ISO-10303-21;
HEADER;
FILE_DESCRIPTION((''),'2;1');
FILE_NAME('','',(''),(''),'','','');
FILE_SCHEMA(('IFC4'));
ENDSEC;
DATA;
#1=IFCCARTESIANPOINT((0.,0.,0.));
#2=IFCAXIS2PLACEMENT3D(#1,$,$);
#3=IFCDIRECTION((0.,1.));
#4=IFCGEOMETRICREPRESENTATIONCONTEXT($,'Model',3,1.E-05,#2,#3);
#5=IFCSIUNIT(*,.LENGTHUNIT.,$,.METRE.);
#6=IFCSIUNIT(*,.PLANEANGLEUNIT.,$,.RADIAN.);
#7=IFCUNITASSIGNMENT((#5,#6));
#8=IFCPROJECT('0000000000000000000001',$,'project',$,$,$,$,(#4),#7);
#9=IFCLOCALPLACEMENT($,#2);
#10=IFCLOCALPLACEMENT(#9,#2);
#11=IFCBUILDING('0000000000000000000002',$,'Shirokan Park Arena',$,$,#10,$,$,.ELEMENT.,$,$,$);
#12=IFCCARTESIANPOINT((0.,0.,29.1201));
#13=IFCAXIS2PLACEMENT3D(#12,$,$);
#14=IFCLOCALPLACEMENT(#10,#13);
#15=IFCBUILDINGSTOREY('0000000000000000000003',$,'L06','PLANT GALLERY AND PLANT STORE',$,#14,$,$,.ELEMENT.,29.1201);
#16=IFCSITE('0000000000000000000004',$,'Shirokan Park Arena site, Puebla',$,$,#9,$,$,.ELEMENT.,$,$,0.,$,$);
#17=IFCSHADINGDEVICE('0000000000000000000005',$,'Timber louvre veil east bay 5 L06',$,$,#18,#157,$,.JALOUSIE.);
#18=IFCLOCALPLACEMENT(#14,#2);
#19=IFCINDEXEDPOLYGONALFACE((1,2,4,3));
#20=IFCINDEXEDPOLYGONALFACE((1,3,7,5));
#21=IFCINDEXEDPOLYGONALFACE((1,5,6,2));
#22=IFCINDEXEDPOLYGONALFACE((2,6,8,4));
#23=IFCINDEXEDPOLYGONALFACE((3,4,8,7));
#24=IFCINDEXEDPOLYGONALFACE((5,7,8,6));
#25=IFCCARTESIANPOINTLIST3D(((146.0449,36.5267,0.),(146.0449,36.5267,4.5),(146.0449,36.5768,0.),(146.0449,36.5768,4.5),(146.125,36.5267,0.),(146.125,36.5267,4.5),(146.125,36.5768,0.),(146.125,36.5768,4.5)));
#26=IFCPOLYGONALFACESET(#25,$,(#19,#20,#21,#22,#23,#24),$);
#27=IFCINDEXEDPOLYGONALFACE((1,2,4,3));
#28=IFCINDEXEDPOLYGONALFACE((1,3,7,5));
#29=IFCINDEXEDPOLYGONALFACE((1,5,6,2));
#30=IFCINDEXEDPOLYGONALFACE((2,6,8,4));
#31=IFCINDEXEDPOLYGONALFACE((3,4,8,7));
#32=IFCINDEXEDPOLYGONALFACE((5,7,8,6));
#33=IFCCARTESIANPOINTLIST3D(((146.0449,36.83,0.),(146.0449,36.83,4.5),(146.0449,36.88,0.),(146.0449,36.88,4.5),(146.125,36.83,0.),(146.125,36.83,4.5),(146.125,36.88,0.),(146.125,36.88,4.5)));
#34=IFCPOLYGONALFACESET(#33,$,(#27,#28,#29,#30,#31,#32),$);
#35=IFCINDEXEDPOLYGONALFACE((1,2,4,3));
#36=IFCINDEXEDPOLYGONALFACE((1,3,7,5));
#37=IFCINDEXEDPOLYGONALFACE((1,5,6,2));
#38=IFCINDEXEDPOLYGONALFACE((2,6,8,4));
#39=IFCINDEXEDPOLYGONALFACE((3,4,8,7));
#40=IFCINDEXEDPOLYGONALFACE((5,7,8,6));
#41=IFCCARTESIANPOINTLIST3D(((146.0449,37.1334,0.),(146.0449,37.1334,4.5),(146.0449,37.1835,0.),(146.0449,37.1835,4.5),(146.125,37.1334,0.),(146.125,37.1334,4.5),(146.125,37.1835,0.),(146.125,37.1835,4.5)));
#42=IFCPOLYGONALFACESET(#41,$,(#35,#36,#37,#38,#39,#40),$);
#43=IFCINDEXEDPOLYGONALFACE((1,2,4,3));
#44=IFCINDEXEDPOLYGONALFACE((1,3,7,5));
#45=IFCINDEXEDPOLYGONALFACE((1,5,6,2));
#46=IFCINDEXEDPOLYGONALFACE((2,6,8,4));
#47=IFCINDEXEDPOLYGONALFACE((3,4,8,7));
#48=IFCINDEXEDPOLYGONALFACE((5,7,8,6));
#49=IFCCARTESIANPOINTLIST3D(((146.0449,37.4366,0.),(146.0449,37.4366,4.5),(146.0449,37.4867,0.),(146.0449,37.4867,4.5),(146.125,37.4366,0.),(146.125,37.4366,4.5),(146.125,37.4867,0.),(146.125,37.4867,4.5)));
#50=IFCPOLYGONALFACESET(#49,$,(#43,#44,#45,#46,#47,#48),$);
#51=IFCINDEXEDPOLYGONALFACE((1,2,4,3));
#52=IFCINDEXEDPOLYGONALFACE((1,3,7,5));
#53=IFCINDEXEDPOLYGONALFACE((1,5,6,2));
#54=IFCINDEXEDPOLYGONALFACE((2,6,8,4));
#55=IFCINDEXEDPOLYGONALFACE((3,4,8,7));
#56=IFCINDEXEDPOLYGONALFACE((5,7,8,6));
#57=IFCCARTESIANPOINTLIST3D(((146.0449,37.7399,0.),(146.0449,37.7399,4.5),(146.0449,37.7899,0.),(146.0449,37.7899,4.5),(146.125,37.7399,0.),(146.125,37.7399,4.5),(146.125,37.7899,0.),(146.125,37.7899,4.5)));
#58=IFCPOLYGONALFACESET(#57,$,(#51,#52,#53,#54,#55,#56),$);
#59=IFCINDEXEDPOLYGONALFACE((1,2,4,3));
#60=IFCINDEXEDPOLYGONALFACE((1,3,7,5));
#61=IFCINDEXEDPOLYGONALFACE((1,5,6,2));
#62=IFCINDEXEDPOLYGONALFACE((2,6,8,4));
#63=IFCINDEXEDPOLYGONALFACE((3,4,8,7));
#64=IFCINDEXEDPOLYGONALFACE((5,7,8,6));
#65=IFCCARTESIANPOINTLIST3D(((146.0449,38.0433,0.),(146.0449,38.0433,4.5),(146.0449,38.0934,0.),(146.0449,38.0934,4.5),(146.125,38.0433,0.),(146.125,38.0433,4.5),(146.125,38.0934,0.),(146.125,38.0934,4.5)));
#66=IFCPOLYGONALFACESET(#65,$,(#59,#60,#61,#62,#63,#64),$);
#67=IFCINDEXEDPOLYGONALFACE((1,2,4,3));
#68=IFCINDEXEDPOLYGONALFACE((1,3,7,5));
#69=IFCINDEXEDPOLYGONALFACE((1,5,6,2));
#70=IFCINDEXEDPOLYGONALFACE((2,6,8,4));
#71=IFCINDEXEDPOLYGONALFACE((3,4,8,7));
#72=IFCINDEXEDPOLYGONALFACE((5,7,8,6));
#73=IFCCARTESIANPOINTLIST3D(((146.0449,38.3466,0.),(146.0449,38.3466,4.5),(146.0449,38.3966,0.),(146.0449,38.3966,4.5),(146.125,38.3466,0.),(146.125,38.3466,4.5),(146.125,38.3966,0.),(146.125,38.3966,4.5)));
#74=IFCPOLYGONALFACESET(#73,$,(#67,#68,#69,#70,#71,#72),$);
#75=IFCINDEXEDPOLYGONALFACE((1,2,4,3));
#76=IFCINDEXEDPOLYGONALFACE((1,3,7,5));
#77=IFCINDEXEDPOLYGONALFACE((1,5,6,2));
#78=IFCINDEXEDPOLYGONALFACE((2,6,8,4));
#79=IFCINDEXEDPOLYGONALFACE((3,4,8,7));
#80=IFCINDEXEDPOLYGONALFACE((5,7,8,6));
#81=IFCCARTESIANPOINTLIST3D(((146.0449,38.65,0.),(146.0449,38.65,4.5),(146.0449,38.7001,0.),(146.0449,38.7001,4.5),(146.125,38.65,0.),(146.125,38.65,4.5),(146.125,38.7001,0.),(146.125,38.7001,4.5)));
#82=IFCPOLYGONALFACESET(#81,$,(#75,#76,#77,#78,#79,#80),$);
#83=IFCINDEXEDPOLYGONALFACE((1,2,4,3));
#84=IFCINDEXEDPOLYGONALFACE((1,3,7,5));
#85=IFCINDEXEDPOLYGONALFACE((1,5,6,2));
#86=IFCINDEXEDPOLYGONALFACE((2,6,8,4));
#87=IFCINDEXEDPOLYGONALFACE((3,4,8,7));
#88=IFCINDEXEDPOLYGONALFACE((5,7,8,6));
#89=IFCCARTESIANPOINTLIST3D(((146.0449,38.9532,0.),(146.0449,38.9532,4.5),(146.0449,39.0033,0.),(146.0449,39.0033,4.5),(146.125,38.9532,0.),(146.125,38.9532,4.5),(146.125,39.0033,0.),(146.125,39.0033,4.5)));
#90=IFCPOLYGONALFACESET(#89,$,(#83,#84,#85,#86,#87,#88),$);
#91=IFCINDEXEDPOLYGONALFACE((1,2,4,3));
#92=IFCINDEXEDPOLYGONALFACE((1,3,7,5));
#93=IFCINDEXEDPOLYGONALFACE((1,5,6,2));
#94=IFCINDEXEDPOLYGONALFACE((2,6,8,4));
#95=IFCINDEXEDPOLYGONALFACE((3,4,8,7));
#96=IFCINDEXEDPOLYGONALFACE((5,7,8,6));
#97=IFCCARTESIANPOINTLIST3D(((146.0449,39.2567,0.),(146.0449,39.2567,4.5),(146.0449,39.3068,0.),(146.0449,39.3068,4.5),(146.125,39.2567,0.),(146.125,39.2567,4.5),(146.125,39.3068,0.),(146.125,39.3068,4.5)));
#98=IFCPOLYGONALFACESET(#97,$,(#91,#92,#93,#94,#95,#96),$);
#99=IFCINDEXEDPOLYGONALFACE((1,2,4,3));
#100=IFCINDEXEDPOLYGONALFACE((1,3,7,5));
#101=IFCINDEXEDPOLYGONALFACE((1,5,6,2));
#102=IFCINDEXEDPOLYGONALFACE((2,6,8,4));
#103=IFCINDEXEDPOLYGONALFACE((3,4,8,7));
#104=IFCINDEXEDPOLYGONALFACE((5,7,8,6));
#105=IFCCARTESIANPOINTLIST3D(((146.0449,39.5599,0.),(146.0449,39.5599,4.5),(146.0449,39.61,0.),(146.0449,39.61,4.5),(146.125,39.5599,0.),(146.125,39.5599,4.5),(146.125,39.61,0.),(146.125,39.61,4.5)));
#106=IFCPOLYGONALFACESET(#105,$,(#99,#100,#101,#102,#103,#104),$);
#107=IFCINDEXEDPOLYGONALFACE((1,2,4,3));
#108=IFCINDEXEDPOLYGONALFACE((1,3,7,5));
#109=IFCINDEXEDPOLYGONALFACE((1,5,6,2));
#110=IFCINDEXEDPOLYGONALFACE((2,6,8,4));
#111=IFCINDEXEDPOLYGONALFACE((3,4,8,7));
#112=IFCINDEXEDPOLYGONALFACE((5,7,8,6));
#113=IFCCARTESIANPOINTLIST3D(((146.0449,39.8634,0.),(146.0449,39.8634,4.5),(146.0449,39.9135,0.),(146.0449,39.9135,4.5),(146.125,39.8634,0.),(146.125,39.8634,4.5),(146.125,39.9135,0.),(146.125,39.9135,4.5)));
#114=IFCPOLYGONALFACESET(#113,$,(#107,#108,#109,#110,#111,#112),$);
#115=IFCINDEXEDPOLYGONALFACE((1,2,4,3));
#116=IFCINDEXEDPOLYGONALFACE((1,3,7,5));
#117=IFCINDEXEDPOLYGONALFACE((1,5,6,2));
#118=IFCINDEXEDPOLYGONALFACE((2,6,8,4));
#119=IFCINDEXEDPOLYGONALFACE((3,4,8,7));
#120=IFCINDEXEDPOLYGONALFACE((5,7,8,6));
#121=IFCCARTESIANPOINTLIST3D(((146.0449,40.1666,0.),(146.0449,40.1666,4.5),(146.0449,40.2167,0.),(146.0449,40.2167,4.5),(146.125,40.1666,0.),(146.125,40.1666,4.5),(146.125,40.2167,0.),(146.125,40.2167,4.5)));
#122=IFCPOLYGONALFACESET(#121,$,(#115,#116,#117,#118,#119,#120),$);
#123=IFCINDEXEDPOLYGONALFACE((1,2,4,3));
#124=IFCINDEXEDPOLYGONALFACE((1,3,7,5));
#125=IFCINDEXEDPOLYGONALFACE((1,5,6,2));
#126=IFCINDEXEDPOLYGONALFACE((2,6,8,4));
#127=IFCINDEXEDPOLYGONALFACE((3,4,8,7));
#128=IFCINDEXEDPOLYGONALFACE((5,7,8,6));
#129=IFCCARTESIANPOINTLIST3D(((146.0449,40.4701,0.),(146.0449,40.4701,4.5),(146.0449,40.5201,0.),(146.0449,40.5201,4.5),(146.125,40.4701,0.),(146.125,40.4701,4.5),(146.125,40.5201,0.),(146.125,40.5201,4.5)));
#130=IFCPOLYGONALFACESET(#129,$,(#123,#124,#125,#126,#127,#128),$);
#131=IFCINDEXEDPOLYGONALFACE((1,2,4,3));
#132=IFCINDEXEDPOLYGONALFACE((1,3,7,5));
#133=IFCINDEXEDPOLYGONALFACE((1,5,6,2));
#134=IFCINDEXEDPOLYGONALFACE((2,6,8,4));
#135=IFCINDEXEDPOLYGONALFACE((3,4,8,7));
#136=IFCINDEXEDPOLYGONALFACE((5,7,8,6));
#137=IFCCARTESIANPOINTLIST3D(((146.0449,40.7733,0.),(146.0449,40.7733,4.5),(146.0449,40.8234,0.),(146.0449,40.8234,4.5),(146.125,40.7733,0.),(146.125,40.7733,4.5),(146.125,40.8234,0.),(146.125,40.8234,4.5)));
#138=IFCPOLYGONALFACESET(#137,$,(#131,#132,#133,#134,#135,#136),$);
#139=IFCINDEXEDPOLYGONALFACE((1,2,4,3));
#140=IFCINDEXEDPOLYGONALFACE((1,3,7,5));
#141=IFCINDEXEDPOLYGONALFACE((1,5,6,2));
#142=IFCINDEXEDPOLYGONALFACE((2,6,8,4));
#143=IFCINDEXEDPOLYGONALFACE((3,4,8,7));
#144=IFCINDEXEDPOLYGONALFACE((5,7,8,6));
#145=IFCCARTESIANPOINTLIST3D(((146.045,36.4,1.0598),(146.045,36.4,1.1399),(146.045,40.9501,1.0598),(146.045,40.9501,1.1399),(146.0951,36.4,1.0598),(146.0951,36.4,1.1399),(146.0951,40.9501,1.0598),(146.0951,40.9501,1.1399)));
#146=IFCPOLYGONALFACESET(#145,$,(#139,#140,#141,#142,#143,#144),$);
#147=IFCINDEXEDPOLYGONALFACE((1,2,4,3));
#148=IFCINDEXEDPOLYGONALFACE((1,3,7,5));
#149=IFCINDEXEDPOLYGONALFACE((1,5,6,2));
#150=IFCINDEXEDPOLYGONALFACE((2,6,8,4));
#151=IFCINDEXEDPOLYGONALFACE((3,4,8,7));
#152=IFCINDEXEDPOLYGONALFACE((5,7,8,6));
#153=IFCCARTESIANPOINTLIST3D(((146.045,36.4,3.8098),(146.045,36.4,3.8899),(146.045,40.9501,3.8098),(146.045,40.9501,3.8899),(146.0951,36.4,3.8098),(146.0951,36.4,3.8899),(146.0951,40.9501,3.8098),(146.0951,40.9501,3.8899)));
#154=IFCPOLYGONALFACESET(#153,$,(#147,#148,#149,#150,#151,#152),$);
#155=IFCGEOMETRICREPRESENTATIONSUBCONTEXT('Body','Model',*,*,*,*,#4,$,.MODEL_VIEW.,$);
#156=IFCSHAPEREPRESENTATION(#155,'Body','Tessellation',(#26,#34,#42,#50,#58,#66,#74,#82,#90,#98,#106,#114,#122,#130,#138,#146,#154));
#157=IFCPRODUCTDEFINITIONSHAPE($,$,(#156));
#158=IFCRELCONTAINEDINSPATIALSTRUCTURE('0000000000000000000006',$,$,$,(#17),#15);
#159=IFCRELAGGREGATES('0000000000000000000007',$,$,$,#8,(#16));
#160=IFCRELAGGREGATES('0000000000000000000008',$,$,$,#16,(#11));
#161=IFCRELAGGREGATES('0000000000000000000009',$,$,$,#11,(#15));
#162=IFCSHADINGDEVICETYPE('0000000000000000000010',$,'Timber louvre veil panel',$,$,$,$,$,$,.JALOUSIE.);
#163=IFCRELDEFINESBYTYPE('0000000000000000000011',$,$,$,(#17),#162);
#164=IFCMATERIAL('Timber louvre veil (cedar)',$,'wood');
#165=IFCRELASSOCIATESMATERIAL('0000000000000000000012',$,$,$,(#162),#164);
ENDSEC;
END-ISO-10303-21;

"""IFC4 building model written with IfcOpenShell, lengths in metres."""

from ifc_helpers import new_model, si_unit, direction, frame, origin, origin_2d, place, context, subcontext, project, spatial, rectangle, extrude, material, type_object, element, save


model = new_model("IFC4")

# Units and contexts
model_context = context("Model", 3, precision=1e-05, world=origin(), true_north=direction((0.0, 1.0)))
body_context = subcontext(model_context, "Body", "Model", "MODEL_VIEW")
ifc_project = project(units=[si_unit("LENGTHUNIT", "METRE"), si_unit("PLANEANGLEUNIT", "RADIAN")], contexts=[model_context])

# Site, building, storey
site_placement = place(None, origin())
site = spatial("IfcSite", under=ifc_project, at=site_placement, Name="Shirokan Park Arena site, Puebla", CompositionType="ELEMENT", RefElevation=0.0)
building_placement = place(site_placement, origin())
building = spatial("IfcBuilding", under=site, at=building_placement, Name="Shirokan Park Arena", CompositionType="ELEMENT")
storey_placement = place(building_placement, frame((0.0, 0.0, 29.1201)))
storey = spatial("IfcBuildingStorey", under=building, at=storey_placement, Name="L06", Description="PLANT GALLERY AND PLANT STORE", CompositionType="ELEMENT", Elevation=29.1201)

# Shading device
ifc_material_1 = material(Name="Timber louvre veil (cedar)", Category="wood")
shading_device_type = type_object("IfcShadingDeviceType", Name="Timber louvre veil panel", PredefinedType="JALOUSIE", material=ifc_material_1)
shading_device_1_placement = place(storey_placement, origin())
element("IfcShadingDevice", 1, at=shading_device_1_placement, inside=storey, type_object=shading_device_type, Name="Timber louvre veil east bay 5 L06", PredefinedType="JALOUSIE", context=body_context, shape_type="SweptSolid", body=[
    extrude(rectangle(XDim=0.05, YDim=0.0801, at=origin_2d()), frame((146.085, 36.5518, 0.0), z_axis=(0.0, 0.0, 1.0), x_axis=(0.0, 1.0, 0.0)), (0.0, 0.0, 1.0), 4.5),
    extrude(rectangle(XDim=0.05, YDim=0.0801, at=origin_2d()), frame((146.085, 36.855, 0.0), z_axis=(0.0, 0.0, 1.0), x_axis=(0.0, 1.0, 0.0)), (0.0, 0.0, 1.0), 4.5),
    extrude(rectangle(XDim=0.05, YDim=0.0801, at=origin_2d()), frame((146.085, 37.1584, 0.0), z_axis=(0.0, 0.0, 1.0), x_axis=(0.0, 1.0, 0.0)), (0.0, 0.0, 1.0), 4.5),
    extrude(rectangle(XDim=0.05, YDim=0.0801, at=origin_2d()), frame((146.085, 37.4617, 0.0), z_axis=(0.0, 0.0, 1.0), x_axis=(0.0, 1.0, 0.0)), (0.0, 0.0, 1.0), 4.5),
    extrude(rectangle(XDim=0.05, YDim=0.0801, at=origin_2d()), frame((146.085, 37.7649, 0.0), z_axis=(0.0, 0.0, 1.0), x_axis=(0.0, 1.0, 0.0)), (0.0, 0.0, 1.0), 4.5),
    extrude(rectangle(XDim=0.05, YDim=0.0801, at=origin_2d()), frame((146.085, 38.0684, 0.0), z_axis=(0.0, 0.0, 1.0), x_axis=(0.0, 1.0, 0.0)), (0.0, 0.0, 1.0), 4.5),
    extrude(rectangle(XDim=0.05, YDim=0.0801, at=origin_2d()), frame((146.085, 38.3716, 0.0), z_axis=(0.0, 0.0, 1.0), x_axis=(0.0, 1.0, 0.0)), (0.0, 0.0, 1.0), 4.5),
    extrude(rectangle(XDim=0.05, YDim=0.0801, at=origin_2d()), frame((146.085, 38.675, 0.0), z_axis=(0.0, 0.0, 1.0), x_axis=(0.0, 1.0, 0.0)), (0.0, 0.0, 1.0), 4.5),
    extrude(rectangle(XDim=0.05, YDim=0.0801, at=origin_2d()), frame((146.085, 38.9783, 0.0), z_axis=(0.0, 0.0, 1.0), x_axis=(0.0, 1.0, 0.0)), (0.0, 0.0, 1.0), 4.5),
    extrude(rectangle(XDim=0.05, YDim=0.0801, at=origin_2d()), frame((146.085, 39.2817, 0.0), z_axis=(0.0, 0.0, 1.0), x_axis=(0.0, 1.0, 0.0)), (0.0, 0.0, 1.0), 4.5),
    extrude(rectangle(XDim=0.05, YDim=0.0801, at=origin_2d()), frame((146.085, 39.585, 0.0), z_axis=(0.0, 0.0, 1.0), x_axis=(0.0, 1.0, 0.0)), (0.0, 0.0, 1.0), 4.5),
    extrude(rectangle(XDim=0.05, YDim=0.0801, at=origin_2d()), frame((146.085, 39.8884, 0.0), z_axis=(0.0, 0.0, 1.0), x_axis=(0.0, 1.0, 0.0)), (0.0, 0.0, 1.0), 4.5),
    extrude(rectangle(XDim=0.05, YDim=0.0801, at=origin_2d()), frame((146.085, 40.1917, 0.0), z_axis=(0.0, 0.0, 1.0), x_axis=(0.0, 1.0, 0.0)), (0.0, 0.0, 1.0), 4.5),
    extrude(rectangle(XDim=0.05, YDim=0.0801, at=origin_2d()), frame((146.085, 40.4951, 0.0), z_axis=(0.0, 0.0, 1.0), x_axis=(0.0, 1.0, 0.0)), (0.0, 0.0, 1.0), 4.5),
    extrude(rectangle(XDim=0.05, YDim=0.0801, at=origin_2d()), frame((146.085, 40.7983, 0.0), z_axis=(0.0, 0.0, 1.0), x_axis=(0.0, 1.0, 0.0)), (0.0, 0.0, 1.0), 4.5),
    extrude(rectangle(XDim=4.55, YDim=0.05, at=origin_2d()), frame((146.0701, 38.675, 1.0598), z_axis=(0.0, 0.0, 1.0), x_axis=(0.0, 1.0, 0.0)), (0.0, 0.0, 1.0), 0.0801),
    extrude(rectangle(XDim=4.55, YDim=0.05, at=origin_2d()), frame((146.0701, 38.675, 3.8098), z_axis=(0.0, 0.0, 1.0), x_axis=(0.0, 1.0, 0.0)), (0.0, 0.0, 1.0), 0.0801),
])

save(model, "model.ifc")
